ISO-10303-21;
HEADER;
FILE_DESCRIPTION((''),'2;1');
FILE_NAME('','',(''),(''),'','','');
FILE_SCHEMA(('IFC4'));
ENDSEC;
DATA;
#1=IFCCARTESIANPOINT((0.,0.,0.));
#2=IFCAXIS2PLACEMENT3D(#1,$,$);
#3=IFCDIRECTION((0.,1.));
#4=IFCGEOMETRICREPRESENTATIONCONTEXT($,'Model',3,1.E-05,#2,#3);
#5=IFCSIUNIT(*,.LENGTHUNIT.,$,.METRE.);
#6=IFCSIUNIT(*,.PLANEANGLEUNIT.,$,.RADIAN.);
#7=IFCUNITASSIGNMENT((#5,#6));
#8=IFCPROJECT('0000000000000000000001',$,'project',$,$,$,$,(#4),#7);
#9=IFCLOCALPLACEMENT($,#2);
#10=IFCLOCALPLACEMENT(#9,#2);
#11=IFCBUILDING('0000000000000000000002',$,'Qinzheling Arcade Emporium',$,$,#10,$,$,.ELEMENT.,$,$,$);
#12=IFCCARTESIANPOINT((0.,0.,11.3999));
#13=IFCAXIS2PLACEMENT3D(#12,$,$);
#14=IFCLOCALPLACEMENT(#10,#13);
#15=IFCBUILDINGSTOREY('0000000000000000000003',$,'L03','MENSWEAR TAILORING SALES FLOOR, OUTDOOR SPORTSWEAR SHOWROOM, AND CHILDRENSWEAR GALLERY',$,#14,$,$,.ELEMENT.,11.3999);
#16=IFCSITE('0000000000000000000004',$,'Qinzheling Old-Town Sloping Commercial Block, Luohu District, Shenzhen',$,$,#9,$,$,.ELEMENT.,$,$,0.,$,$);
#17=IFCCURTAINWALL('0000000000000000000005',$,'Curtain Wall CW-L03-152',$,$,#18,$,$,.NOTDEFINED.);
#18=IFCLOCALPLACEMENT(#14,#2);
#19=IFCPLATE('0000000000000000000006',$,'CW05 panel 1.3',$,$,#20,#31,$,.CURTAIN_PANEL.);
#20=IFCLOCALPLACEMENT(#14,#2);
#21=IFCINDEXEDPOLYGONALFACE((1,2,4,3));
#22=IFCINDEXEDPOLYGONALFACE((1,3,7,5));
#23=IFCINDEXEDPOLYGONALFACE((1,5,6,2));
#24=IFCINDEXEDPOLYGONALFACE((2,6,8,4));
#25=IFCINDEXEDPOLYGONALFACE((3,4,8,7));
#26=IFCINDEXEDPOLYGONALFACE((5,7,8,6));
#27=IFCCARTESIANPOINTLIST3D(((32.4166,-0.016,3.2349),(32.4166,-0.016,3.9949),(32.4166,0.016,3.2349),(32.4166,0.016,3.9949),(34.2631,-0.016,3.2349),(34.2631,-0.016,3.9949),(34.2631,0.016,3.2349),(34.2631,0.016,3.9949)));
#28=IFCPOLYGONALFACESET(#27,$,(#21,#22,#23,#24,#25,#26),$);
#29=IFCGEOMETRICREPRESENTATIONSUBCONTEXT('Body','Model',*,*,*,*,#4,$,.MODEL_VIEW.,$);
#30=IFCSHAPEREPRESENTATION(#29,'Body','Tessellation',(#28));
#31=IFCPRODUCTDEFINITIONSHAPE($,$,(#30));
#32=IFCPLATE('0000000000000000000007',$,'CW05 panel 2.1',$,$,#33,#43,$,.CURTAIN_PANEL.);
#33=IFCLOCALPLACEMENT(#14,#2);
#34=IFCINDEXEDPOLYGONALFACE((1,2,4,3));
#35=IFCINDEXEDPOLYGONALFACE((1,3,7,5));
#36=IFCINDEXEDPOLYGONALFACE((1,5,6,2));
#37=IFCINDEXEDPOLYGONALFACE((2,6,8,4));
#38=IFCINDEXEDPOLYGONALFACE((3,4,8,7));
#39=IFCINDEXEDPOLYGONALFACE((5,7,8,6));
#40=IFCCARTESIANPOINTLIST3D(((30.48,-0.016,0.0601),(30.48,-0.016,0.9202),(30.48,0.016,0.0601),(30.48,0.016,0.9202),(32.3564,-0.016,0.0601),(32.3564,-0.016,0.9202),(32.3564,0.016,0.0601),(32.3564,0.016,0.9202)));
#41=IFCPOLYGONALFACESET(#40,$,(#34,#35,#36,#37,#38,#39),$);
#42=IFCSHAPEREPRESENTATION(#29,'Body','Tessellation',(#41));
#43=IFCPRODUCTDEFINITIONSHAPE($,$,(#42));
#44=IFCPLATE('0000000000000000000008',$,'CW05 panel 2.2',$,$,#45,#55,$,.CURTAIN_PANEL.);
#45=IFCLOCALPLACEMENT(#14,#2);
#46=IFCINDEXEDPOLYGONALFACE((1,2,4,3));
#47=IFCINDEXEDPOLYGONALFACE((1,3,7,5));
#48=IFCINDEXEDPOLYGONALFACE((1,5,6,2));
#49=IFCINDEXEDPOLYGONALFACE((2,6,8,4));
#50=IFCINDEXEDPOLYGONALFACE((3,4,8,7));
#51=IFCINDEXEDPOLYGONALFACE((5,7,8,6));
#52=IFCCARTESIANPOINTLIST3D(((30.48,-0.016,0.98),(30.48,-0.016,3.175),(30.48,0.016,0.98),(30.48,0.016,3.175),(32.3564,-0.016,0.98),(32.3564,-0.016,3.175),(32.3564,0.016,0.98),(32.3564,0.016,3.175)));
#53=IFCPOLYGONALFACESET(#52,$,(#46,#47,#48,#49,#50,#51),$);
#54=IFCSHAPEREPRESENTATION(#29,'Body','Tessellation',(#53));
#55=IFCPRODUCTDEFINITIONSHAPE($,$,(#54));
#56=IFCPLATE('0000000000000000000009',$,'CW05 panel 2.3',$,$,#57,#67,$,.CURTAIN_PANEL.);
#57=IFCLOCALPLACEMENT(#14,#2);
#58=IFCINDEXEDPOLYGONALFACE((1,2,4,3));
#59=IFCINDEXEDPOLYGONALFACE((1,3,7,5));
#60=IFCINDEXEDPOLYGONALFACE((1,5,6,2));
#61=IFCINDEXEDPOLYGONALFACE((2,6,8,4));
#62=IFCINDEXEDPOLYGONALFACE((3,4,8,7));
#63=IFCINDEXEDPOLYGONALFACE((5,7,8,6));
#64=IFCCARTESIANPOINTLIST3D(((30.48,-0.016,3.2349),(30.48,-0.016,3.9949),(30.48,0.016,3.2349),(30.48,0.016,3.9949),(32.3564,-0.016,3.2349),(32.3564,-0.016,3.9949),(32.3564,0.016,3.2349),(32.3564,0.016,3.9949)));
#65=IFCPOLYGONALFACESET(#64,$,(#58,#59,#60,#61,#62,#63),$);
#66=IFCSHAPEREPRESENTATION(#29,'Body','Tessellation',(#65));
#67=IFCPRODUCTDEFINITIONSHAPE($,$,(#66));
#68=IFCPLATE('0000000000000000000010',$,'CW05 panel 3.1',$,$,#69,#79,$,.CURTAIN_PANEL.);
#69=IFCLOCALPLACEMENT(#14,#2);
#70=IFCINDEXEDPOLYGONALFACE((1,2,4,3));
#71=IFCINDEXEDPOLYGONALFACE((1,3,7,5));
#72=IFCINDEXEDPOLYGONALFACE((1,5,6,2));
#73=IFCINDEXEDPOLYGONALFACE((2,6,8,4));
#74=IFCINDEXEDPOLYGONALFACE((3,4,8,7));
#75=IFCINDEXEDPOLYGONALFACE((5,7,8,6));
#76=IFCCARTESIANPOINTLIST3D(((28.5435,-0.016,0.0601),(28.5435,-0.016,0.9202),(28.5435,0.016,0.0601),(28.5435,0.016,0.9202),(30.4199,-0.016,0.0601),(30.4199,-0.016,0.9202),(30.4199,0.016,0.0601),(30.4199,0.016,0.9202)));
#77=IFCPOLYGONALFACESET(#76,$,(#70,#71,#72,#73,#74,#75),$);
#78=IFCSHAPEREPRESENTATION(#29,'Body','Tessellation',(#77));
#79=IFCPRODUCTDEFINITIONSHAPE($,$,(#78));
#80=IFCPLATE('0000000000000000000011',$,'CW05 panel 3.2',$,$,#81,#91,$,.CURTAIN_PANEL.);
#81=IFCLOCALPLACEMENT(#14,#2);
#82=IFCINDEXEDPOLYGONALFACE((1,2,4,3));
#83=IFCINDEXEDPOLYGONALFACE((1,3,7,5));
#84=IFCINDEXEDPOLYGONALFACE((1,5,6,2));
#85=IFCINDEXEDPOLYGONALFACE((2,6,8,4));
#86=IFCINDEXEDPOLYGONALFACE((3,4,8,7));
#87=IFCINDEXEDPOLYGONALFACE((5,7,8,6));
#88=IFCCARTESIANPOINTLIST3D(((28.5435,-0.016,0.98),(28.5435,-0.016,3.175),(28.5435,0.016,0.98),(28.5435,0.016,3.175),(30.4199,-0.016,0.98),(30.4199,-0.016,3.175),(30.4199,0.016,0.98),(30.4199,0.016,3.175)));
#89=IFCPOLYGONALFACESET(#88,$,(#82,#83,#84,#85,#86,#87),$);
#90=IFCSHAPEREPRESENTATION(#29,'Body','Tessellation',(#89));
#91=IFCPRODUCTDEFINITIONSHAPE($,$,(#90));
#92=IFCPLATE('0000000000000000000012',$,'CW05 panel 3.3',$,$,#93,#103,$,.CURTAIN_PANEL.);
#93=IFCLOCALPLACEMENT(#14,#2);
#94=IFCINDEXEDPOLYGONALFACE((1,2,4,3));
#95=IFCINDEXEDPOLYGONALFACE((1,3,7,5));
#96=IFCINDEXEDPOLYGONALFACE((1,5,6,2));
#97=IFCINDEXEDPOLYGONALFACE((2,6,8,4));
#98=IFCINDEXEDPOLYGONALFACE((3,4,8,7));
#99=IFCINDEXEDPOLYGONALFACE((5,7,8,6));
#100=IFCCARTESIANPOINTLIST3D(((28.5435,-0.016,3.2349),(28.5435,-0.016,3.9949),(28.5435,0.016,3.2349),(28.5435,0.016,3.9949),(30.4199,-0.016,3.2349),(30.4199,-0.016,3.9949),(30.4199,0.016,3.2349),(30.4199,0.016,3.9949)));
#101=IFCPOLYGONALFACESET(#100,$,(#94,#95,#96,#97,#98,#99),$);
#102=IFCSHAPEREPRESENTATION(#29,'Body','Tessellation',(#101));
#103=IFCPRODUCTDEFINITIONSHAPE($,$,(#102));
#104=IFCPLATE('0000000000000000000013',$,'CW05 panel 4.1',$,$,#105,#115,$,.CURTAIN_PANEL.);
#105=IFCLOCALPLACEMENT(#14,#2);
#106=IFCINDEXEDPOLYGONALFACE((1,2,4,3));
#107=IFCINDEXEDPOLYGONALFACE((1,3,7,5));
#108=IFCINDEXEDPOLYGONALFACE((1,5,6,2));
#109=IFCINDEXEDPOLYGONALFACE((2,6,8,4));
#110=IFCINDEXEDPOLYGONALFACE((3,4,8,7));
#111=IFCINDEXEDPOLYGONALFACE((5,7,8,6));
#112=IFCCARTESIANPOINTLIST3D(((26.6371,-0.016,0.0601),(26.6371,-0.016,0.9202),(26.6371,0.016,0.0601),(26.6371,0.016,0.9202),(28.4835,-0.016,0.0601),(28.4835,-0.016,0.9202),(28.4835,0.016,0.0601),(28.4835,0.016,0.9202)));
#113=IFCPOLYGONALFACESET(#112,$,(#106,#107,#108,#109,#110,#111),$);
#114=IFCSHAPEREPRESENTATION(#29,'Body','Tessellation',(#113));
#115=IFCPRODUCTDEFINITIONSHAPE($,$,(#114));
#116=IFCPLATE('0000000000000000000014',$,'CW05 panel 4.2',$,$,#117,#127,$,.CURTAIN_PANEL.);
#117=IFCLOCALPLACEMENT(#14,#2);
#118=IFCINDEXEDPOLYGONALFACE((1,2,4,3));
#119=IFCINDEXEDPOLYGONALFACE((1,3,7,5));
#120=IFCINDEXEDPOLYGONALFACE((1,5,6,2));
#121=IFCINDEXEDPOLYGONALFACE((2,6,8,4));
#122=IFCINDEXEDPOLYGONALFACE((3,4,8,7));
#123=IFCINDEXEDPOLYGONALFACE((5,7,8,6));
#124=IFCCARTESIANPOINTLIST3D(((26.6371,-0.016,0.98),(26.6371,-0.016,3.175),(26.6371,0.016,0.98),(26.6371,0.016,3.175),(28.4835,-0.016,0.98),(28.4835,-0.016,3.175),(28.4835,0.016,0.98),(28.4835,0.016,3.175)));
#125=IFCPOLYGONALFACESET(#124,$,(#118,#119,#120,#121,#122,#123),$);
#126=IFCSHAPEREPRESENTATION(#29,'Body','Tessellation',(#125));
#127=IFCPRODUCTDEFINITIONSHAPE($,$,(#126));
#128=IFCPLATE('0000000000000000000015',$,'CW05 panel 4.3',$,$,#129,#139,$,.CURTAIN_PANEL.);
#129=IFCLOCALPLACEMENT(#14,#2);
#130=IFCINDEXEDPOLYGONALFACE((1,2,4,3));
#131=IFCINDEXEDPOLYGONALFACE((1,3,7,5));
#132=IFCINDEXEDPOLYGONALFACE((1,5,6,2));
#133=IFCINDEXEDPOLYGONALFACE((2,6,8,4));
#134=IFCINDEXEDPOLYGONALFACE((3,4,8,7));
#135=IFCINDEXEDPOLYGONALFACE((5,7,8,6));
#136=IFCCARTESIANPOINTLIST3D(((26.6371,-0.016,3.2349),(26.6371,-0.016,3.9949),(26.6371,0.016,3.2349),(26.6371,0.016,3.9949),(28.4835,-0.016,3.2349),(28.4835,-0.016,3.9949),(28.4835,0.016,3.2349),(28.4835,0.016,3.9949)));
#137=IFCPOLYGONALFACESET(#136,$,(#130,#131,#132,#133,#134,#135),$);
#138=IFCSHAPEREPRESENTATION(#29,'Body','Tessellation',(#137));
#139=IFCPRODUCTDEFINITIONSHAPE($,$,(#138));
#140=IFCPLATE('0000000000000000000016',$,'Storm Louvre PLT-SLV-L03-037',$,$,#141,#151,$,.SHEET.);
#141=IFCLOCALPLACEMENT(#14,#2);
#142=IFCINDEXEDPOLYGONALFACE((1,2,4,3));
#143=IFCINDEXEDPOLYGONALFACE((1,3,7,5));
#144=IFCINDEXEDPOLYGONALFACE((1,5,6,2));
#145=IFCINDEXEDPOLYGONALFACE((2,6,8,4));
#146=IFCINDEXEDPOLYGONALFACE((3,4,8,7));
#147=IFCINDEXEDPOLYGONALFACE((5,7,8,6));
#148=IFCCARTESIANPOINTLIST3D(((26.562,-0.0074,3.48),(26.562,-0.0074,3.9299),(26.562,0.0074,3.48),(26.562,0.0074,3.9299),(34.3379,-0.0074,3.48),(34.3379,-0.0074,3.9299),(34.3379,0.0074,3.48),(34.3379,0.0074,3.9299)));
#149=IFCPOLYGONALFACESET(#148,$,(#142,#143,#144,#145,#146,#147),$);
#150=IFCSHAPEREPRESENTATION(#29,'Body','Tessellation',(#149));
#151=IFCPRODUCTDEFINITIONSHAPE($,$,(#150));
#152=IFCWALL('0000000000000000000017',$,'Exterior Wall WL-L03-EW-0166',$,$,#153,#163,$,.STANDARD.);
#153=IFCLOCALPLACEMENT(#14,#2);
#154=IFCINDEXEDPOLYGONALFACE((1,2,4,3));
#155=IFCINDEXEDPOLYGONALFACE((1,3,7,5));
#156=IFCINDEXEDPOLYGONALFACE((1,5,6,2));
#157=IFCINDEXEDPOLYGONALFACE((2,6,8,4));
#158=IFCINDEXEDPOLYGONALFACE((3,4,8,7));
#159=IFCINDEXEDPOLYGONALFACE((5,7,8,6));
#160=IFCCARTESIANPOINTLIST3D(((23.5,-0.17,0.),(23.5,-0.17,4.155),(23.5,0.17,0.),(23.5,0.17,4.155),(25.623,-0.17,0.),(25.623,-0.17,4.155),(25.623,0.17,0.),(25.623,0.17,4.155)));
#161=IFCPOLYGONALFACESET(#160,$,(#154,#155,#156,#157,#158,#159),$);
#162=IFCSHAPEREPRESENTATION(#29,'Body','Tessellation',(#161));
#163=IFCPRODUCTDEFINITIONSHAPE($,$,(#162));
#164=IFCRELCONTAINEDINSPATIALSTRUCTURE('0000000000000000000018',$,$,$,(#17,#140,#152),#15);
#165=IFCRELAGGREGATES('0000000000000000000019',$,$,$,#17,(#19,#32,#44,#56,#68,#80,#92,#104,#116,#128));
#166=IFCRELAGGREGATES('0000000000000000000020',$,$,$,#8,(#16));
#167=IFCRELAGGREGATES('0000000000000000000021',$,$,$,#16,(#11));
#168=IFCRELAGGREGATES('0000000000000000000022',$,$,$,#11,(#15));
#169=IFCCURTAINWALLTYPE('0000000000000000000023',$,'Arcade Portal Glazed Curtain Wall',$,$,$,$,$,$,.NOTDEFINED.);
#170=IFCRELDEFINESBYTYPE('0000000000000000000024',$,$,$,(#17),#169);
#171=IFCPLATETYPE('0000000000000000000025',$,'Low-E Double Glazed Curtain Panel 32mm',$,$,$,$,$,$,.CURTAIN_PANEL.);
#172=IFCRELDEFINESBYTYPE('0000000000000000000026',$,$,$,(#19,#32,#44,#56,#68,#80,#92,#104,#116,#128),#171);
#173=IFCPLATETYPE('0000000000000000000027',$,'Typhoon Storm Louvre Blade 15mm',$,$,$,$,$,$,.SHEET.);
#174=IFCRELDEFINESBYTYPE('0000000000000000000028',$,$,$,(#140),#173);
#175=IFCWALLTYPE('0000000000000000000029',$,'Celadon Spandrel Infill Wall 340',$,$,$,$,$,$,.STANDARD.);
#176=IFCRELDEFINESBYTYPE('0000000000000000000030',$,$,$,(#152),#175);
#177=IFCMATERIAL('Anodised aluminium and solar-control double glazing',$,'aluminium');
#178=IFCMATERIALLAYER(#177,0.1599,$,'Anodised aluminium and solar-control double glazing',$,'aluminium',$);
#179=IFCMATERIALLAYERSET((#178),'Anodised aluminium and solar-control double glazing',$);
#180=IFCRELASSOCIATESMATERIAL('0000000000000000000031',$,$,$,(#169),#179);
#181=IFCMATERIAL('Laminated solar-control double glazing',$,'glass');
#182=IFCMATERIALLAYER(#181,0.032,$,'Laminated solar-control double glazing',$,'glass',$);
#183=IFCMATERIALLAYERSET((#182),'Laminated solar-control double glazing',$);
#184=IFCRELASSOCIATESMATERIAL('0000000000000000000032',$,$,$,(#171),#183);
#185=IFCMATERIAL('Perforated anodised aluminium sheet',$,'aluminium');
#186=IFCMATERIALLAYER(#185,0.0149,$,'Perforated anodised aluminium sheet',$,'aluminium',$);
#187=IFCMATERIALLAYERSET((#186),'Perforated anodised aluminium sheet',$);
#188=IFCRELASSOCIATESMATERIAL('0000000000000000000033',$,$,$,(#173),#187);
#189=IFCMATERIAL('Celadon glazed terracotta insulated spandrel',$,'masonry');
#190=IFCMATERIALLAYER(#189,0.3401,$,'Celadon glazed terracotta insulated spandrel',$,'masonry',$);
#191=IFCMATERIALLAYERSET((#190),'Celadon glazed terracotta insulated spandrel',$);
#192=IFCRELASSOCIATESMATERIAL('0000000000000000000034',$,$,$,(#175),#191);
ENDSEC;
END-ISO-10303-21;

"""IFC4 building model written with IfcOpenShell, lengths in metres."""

from ifc_helpers import new_model, si_unit, direction, frame, frame_2d, origin, origin_2d, place, context, subcontext, project, spatial, rectangle, extrude, material, layer, layer_set, type_object, element, aggregate, save


model = new_model("IFC4")

# Units and contexts
model_context = context("Model", 3, precision=1e-05, world=origin(), true_north=direction((0.0, 1.0)))
body_context = subcontext(model_context, "Body", "Model", "MODEL_VIEW")
ifc_project = project(units=[si_unit("LENGTHUNIT", "METRE"), si_unit("PLANEANGLEUNIT", "RADIAN")], contexts=[model_context])

# Site, building, storey
site_placement = place(None, origin())
site = spatial("IfcSite", under=ifc_project, at=site_placement, Name="Qinzheling Old-Town Sloping Commercial Block, Luohu District, Shenzhen", CompositionType="ELEMENT", RefElevation=0.0)
building_placement = place(site_placement, origin())
building = spatial("IfcBuilding", under=site, at=building_placement, Name="Qinzheling Arcade Emporium", CompositionType="ELEMENT")
storey_placement = place(building_placement, frame((0.0, 0.0, 11.3999)))
storey = spatial("IfcBuildingStorey", under=building, at=storey_placement, Name="L03", Description="MENSWEAR TAILORING SALES FLOOR, OUTDOOR SPORTSWEAR SHOWROOM, AND CHILDRENSWEAR GALLERY", CompositionType="ELEMENT", Elevation=11.3999)

# Curtain wall
ifc_material_1 = material(Name="Anodised aluminium and solar-control double glazing", Category="aluminium")
ifc_layer_1 = layer(ifc_material_1, 0.1599, Name="Anodised aluminium and solar-control double glazing", Category="aluminium")
ifc_layer_set_1 = layer_set([ifc_layer_1], Name="Anodised aluminium and solar-control double glazing")
curtain_wall_type = type_object("IfcCurtainWallType", Name="Arcade Portal Glazed Curtain Wall", PredefinedType="NOTDEFINED", material=ifc_layer_set_1)
curtain_wall_placement = place(storey_placement, origin())
curtain_wall = element("IfcCurtainWall", 1, at=curtain_wall_placement, inside=storey, type_object=curtain_wall_type, Name="Curtain Wall CW-L03-152", PredefinedType="NOTDEFINED")

# Plates
ifc_material_2 = material(Name="Laminated solar-control double glazing", Category="glass")
ifc_layer_2 = layer(ifc_material_2, 0.032, Name="Laminated solar-control double glazing", Category="glass")
ifc_layer_set_2 = layer_set([ifc_layer_2], Name="Laminated solar-control double glazing")
plate_type_1 = type_object("IfcPlateType", Name="Low-E Double Glazed Curtain Panel 32mm", PredefinedType="CURTAIN_PANEL", material=ifc_layer_set_2)
plate_1_placement = place(storey_placement, frame((33.3398, 0.0, 3.2349), z_axis=(0.0, 0.0, 1.0), x_axis=(-1.0, 0.0, 0.0)))
plate_1 = element("IfcPlate", 2, at=plate_1_placement, type_object=plate_type_1, Name="CW05 panel 1.3", PredefinedType="CURTAIN_PANEL", context=body_context, shape_type="SweptSolid", body=[
    extrude(rectangle(XDim=1.8464, YDim=0.032, at=origin_2d()), origin(), (0.0, 0.0, 1.0), 0.76),
])
plate_2_placement = place(storey_placement, frame((31.4182, 0.0, 0.0601), z_axis=(0.0, 0.0, 1.0), x_axis=(-1.0, 0.0, 0.0)))
plate_2 = element("IfcPlate", 3, at=plate_2_placement, type_object=plate_type_1, Name="CW05 panel 2.1", PredefinedType="CURTAIN_PANEL", context=body_context, shape_type="SweptSolid", body=[
    extrude(rectangle(XDim=1.8765, YDim=0.032, at=origin_2d()), origin(), (0.0, 0.0, 1.0), 0.8601),
])
plate_3_placement = place(storey_placement, frame((31.4182, 0.0, 0.98), z_axis=(0.0, 0.0, 1.0), x_axis=(-1.0, 0.0, 0.0)))
plate_3 = element("IfcPlate", 4, at=plate_3_placement, type_object=plate_type_1, Name="CW05 panel 2.2", PredefinedType="CURTAIN_PANEL", context=body_context, shape_type="SweptSolid", body=[
    extrude(rectangle(XDim=1.8765, YDim=0.032, at=origin_2d()), origin(), (0.0, 0.0, 1.0), 2.1951),
])
plate_4_placement = place(storey_placement, frame((31.4182, 0.0, 3.2349), z_axis=(0.0, 0.0, 1.0), x_axis=(-1.0, 0.0, 0.0)))
plate_4 = element("IfcPlate", 5, at=plate_4_placement, type_object=plate_type_1, Name="CW05 panel 2.3", PredefinedType="CURTAIN_PANEL", context=body_context, shape_type="SweptSolid", body=[
    extrude(rectangle(XDim=1.8765, YDim=0.032, at=origin_2d()), origin(), (0.0, 0.0, 1.0), 0.76),
])
plate_5_placement = place(storey_placement, frame((29.4817, 0.0, 0.0601), z_axis=(0.0, 0.0, 1.0), x_axis=(-1.0, 0.0, 0.0)))
plate_5 = element("IfcPlate", 6, at=plate_5_placement, type_object=plate_type_1, Name="CW05 panel 3.1", PredefinedType="CURTAIN_PANEL", context=body_context, shape_type="SweptSolid", body=[
    extrude(rectangle(XDim=1.8765, YDim=0.032, at=origin_2d()), origin(), (0.0, 0.0, 1.0), 0.8601),
])
plate_6_placement = place(storey_placement, frame((29.4817, 0.0, 0.98), z_axis=(0.0, 0.0, 1.0), x_axis=(-1.0, 0.0, 0.0)))
plate_6 = element("IfcPlate", 7, at=plate_6_placement, type_object=plate_type_1, Name="CW05 panel 3.2", PredefinedType="CURTAIN_PANEL", context=body_context, shape_type="SweptSolid", body=[
    extrude(rectangle(XDim=1.8765, YDim=0.032, at=origin_2d()), origin(), (0.0, 0.0, 1.0), 2.1951),
])
plate_7_placement = place(storey_placement, frame((29.4817, 0.0, 3.2349), z_axis=(0.0, 0.0, 1.0), x_axis=(-1.0, 0.0, 0.0)))
plate_7 = element("IfcPlate", 8, at=plate_7_placement, type_object=plate_type_1, Name="CW05 panel 3.3", PredefinedType="CURTAIN_PANEL", context=body_context, shape_type="SweptSolid", body=[
    extrude(rectangle(XDim=1.8765, YDim=0.032, at=origin_2d()), origin(), (0.0, 0.0, 1.0), 0.76),
])
plate_8_placement = place(storey_placement, frame((27.5603, 0.0, 0.0601), z_axis=(0.0, 0.0, 1.0), x_axis=(-1.0, 0.0, 0.0)))
plate_8 = element("IfcPlate", 9, at=plate_8_placement, type_object=plate_type_1, Name="CW05 panel 4.1", PredefinedType="CURTAIN_PANEL", context=body_context, shape_type="SweptSolid", body=[
    extrude(rectangle(XDim=1.8464, YDim=0.032, at=origin_2d()), origin(), (0.0, 0.0, 1.0), 0.8601),
])
plate_9_placement = place(storey_placement, frame((27.5603, 0.0, 0.98), z_axis=(0.0, 0.0, 1.0), x_axis=(-1.0, 0.0, 0.0)))
plate_9 = element("IfcPlate", 10, at=plate_9_placement, type_object=plate_type_1, Name="CW05 panel 4.2", PredefinedType="CURTAIN_PANEL", context=body_context, shape_type="SweptSolid", body=[
    extrude(rectangle(XDim=1.8464, YDim=0.032, at=origin_2d()), origin(), (0.0, 0.0, 1.0), 2.1951),
])
plate_10_placement = place(storey_placement, frame((27.5603, 0.0, 3.2349), z_axis=(0.0, 0.0, 1.0), x_axis=(-1.0, 0.0, 0.0)))
plate_10 = element("IfcPlate", 11, at=plate_10_placement, type_object=plate_type_1, Name="CW05 panel 4.3", PredefinedType="CURTAIN_PANEL", context=body_context, shape_type="SweptSolid", body=[
    extrude(rectangle(XDim=1.8464, YDim=0.032, at=origin_2d()), origin(), (0.0, 0.0, 1.0), 0.76),
])
aggregate(curtain_wall, [plate_1, plate_2, plate_3, plate_4, plate_5, plate_6, plate_7, plate_8, plate_9, plate_10])
ifc_material_3 = material(Name="Perforated anodised aluminium sheet", Category="aluminium")
ifc_layer_3 = layer(ifc_material_3, 0.0149, Name="Perforated anodised aluminium sheet", Category="aluminium")
ifc_layer_set_3 = layer_set([ifc_layer_3], Name="Perforated anodised aluminium sheet")
plate_type_2 = type_object("IfcPlateType", Name="Typhoon Storm Louvre Blade 15mm", PredefinedType="SHEET", material=ifc_layer_set_3)
plate_11_placement = place(storey_placement, frame((30.45, 0.0, 3.48), z_axis=(0.0, 0.0, 1.0), x_axis=(-1.0, 0.0, 0.0)))
element("IfcPlate", 12, at=plate_11_placement, inside=storey, type_object=plate_type_2, Name="Storm Louvre PLT-SLV-L03-037", PredefinedType="SHEET", context=body_context, shape_type="SweptSolid", body=[
    extrude(rectangle(XDim=7.7759, YDim=0.0149, at=origin_2d()), origin(), (0.0, 0.0, 1.0), 0.45),
])

# Wall
ifc_material_4 = material(Name="Celadon glazed terracotta insulated spandrel", Category="masonry")
ifc_layer_4 = layer(ifc_material_4, 0.3401, Name="Celadon glazed terracotta insulated spandrel", Category="masonry")
ifc_layer_set_4 = layer_set([ifc_layer_4], Name="Celadon glazed terracotta insulated spandrel")
wall_type = type_object("IfcWallType", Name="Celadon Spandrel Infill Wall 340", PredefinedType="STANDARD", material=ifc_layer_set_4)
wall_placement = place(storey_placement, frame((25.623, 0.0, 0.0), z_axis=(0.0, 0.0, 1.0), x_axis=(-1.0, 0.0, 0.0)))
element("IfcWall", 13, at=wall_placement, inside=storey, type_object=wall_type, Name="Exterior Wall WL-L03-EW-0166", PredefinedType="STANDARD", context=body_context, shape_type="SweptSolid", body=[
    extrude(rectangle(XDim=2.123, YDim=0.3401, at=frame_2d((1.0615, 0.0))), origin(), (0.0, 0.0, 1.0), 4.155),
])

save(model, "model.ifc")
